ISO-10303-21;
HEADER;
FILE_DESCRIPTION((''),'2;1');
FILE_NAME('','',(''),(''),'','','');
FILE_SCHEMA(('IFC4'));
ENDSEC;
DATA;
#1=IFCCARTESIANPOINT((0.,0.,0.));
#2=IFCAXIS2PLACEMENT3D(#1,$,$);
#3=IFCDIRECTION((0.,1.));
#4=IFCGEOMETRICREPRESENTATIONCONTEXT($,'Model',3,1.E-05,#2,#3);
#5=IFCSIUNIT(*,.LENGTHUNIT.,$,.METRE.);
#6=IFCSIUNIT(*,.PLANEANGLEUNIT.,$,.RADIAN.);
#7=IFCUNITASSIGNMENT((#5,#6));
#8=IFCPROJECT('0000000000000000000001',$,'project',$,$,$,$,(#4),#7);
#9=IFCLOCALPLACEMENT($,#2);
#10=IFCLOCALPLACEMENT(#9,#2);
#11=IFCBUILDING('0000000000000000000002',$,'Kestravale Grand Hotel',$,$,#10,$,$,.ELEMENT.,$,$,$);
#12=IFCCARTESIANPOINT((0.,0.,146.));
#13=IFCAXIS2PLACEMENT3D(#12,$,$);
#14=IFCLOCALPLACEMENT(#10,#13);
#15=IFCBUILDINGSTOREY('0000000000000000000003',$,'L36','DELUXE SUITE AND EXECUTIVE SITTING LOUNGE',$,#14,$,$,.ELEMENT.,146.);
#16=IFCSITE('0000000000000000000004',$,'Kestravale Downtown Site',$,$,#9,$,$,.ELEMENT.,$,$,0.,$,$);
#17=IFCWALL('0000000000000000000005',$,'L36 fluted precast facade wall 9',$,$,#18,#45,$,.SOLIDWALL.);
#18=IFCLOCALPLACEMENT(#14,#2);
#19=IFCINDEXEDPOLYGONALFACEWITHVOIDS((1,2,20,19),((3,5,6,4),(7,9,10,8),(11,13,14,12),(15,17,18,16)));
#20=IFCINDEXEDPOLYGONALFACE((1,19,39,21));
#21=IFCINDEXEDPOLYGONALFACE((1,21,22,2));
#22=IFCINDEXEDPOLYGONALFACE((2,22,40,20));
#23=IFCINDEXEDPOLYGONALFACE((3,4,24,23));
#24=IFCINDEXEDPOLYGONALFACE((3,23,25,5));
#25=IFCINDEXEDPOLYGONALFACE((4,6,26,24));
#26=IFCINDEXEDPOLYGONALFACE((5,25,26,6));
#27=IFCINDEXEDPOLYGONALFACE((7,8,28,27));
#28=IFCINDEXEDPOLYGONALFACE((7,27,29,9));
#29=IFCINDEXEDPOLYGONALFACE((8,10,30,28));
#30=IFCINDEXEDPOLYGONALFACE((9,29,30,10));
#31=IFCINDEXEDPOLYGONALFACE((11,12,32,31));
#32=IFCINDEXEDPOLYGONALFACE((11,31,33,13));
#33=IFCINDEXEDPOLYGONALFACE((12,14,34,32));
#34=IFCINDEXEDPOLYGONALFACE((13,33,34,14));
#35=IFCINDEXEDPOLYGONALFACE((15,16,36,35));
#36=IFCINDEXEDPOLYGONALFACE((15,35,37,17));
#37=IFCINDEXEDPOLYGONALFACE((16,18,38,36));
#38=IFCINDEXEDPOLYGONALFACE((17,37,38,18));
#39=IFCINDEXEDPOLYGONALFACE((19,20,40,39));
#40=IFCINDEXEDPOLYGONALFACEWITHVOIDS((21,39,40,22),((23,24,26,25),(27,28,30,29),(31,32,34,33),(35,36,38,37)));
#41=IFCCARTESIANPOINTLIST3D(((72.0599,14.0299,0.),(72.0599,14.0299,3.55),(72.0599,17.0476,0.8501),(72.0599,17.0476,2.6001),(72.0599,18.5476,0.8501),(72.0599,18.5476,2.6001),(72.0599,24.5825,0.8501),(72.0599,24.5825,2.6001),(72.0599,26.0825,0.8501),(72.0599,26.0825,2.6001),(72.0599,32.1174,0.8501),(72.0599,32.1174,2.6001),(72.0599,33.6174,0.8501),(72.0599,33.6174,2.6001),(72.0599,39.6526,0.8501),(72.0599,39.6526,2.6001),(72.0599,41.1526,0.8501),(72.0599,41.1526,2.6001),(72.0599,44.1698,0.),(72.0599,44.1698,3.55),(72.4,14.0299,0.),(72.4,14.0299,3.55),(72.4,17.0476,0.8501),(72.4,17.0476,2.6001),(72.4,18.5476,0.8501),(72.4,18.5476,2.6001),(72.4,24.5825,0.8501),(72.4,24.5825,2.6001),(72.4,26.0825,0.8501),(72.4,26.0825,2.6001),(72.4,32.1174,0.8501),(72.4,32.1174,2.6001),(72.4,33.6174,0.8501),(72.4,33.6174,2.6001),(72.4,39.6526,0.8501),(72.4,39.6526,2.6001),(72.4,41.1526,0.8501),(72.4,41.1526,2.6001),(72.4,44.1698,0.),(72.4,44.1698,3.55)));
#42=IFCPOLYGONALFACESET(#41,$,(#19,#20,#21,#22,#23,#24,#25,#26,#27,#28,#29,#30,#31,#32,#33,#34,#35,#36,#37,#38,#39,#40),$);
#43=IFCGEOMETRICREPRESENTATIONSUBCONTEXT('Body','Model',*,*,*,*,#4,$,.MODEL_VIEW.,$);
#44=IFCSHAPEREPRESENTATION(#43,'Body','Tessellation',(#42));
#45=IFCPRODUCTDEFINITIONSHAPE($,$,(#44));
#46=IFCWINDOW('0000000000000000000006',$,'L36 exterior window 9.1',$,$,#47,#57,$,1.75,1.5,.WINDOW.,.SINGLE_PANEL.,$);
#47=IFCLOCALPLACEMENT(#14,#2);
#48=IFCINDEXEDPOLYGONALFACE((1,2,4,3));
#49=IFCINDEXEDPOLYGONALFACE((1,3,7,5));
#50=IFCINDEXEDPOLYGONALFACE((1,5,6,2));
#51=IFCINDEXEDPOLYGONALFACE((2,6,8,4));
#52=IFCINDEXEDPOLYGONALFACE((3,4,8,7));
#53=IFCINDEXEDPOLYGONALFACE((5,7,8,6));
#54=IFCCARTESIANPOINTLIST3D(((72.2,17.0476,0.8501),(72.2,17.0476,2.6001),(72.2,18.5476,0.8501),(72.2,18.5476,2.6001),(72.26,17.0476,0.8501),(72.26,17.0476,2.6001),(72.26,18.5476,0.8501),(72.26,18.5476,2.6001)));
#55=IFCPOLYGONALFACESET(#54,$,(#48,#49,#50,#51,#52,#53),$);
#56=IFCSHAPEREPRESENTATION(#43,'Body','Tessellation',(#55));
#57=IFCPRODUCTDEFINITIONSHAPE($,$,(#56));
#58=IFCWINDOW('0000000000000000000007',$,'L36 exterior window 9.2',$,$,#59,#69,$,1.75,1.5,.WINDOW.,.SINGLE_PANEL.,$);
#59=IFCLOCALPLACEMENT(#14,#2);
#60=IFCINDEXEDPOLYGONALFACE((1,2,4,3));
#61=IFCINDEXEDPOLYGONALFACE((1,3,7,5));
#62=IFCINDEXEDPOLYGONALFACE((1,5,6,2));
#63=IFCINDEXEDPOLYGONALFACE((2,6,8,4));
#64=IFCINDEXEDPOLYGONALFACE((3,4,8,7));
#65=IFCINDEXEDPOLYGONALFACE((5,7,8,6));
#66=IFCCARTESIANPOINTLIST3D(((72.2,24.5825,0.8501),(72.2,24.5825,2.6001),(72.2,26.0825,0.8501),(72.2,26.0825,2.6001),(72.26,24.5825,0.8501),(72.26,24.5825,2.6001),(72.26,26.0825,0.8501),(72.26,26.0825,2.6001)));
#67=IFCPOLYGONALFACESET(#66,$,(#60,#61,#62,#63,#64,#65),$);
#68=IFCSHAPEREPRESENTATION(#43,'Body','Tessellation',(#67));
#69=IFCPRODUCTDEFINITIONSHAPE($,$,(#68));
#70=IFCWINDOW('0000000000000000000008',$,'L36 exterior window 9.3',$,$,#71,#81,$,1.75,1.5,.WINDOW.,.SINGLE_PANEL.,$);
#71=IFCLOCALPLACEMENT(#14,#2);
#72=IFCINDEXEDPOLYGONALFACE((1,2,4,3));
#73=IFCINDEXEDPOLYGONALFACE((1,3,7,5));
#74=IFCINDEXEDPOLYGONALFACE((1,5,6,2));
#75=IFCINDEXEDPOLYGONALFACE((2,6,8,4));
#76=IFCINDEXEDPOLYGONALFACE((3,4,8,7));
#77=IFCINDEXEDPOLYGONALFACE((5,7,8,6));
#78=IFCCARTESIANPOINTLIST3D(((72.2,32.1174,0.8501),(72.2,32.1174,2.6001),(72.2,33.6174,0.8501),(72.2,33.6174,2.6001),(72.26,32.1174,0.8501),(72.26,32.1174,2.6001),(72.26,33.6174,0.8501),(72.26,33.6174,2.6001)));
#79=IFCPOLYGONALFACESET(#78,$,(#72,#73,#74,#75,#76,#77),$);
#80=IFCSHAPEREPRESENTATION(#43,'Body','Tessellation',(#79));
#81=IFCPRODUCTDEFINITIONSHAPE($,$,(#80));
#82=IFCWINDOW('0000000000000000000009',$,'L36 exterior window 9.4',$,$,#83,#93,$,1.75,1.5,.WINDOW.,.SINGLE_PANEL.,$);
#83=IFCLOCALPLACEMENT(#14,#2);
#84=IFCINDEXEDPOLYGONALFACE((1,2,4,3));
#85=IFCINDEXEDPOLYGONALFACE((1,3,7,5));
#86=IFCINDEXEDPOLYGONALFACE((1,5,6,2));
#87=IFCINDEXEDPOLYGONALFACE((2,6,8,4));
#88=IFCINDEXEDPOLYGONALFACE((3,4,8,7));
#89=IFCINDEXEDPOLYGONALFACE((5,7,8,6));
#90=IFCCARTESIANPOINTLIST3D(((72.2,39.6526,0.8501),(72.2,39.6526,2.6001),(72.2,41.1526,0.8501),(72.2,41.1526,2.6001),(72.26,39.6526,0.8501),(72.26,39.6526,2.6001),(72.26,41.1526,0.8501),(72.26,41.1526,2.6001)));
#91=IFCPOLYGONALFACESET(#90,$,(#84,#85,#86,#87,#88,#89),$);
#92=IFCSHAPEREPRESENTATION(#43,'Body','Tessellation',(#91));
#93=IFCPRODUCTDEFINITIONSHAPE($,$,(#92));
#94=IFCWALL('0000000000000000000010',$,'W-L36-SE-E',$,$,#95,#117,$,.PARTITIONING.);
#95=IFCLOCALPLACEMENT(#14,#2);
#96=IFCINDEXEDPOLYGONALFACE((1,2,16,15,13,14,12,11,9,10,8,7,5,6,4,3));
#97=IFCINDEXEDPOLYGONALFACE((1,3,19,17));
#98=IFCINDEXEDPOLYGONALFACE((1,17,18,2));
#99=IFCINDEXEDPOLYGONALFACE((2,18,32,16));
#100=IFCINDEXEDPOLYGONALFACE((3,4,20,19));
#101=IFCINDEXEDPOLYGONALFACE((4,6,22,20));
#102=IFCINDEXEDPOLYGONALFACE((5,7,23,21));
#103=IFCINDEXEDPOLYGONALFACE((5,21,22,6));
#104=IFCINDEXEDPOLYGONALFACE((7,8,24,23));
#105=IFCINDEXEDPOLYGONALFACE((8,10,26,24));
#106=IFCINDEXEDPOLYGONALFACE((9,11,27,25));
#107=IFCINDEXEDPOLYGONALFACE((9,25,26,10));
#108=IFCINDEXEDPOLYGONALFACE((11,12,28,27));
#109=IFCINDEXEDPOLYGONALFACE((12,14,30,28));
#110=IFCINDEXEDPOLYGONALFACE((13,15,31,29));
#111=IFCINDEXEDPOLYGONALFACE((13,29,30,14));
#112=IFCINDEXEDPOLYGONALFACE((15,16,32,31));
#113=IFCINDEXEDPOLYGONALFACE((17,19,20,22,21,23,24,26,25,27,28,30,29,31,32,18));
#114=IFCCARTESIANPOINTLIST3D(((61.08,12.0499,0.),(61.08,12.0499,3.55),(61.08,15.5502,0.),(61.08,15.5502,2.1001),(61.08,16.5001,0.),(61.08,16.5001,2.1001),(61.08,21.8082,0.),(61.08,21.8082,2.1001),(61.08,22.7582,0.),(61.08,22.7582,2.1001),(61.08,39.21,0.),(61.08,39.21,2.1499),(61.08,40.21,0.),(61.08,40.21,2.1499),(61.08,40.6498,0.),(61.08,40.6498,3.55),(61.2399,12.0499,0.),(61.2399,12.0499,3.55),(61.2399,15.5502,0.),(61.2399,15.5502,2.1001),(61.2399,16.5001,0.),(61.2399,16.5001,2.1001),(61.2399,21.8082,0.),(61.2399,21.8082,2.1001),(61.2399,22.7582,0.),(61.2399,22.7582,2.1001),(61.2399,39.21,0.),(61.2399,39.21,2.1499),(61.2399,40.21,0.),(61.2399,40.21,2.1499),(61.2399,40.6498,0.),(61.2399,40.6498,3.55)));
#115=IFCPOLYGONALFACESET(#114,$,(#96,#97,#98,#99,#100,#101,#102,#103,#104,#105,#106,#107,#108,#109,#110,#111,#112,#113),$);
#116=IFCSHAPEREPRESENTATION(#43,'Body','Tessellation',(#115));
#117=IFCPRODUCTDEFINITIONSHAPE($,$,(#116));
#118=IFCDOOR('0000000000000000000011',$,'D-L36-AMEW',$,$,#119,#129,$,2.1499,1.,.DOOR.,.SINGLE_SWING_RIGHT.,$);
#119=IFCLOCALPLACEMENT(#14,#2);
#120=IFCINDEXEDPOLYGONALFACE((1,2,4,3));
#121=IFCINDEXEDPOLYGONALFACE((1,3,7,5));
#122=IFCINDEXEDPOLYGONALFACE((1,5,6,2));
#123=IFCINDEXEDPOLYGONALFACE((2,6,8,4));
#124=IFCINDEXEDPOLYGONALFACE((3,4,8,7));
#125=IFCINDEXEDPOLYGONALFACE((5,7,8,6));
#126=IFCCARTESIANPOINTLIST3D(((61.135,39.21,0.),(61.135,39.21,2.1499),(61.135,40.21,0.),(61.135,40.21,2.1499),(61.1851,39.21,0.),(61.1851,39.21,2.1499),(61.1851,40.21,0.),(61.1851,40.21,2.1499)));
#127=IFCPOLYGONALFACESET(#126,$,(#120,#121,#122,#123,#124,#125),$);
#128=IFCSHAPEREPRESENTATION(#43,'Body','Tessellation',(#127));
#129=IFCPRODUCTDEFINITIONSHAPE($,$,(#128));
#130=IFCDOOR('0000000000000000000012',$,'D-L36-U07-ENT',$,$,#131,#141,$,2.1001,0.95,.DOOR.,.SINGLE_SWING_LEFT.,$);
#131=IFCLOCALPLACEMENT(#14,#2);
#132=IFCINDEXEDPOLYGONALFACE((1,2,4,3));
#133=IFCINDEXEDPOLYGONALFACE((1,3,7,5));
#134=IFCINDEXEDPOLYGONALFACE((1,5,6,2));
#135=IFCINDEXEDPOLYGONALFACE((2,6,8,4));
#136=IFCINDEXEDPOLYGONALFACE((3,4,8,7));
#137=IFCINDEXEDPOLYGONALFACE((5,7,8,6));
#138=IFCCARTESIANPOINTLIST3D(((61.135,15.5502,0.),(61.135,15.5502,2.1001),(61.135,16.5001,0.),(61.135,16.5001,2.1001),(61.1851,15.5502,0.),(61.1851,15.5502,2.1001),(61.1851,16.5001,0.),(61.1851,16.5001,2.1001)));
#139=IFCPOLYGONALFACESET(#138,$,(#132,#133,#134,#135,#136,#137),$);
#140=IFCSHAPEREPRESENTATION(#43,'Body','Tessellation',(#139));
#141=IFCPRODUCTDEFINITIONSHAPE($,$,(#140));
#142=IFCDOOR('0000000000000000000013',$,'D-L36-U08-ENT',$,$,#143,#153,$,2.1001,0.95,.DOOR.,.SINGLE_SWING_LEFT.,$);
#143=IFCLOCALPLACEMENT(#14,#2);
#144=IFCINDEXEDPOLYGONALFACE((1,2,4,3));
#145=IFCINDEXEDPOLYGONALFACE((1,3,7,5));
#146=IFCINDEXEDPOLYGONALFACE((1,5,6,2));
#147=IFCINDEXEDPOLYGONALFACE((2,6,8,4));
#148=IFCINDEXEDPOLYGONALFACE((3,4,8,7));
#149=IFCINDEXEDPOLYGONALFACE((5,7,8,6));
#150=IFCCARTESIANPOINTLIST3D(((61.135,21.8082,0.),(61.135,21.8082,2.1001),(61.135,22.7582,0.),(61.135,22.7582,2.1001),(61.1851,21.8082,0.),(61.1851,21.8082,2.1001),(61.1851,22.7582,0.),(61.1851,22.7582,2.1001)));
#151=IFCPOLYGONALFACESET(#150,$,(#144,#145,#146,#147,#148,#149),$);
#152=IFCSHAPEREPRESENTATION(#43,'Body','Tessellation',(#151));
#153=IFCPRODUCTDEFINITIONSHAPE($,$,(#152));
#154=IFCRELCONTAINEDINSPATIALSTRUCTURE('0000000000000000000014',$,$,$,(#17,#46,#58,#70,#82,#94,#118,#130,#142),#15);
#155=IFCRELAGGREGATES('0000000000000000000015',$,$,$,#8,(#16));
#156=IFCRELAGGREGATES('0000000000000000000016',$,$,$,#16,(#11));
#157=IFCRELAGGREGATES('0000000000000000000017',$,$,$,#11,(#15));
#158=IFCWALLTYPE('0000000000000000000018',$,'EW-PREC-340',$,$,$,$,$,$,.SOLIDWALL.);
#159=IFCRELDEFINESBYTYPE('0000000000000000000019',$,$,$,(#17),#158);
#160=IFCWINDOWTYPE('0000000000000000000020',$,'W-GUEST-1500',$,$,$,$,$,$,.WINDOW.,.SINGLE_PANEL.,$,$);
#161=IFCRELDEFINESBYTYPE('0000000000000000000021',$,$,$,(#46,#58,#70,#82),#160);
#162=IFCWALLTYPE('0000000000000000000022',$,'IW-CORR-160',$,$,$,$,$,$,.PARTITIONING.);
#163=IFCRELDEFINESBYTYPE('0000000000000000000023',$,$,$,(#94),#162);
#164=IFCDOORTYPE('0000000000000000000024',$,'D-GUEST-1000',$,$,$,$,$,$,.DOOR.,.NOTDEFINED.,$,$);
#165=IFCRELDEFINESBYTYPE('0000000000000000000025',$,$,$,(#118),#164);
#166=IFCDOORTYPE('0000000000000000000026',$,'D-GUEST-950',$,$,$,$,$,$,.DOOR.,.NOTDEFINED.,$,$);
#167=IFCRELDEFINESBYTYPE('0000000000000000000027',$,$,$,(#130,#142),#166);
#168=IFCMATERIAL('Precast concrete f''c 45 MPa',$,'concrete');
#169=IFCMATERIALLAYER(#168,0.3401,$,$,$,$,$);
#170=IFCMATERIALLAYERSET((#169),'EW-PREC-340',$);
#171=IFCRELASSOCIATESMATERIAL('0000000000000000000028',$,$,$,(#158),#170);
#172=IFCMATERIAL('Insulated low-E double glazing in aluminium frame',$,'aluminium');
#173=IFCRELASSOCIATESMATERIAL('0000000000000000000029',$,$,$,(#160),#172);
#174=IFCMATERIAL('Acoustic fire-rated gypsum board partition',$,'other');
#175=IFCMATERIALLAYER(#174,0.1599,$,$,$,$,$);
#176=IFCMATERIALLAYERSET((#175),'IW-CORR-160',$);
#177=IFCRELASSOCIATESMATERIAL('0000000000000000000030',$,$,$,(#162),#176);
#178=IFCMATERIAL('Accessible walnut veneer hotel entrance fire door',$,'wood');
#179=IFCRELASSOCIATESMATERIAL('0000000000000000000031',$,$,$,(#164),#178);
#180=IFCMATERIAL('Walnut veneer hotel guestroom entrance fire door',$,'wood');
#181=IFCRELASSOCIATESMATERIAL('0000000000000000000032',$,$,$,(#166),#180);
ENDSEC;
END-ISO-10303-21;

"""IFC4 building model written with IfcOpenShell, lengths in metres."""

from ifc_helpers import new_model, si_unit, direction, frame, frame_2d, origin, place, context, subcontext, project, spatial, rectangle, extrude, material, layer, layer_set, type_object, element, fill, save


model = new_model("IFC4")

# Units and contexts
model_context = context("Model", 3, precision=1e-05, world=origin(), true_north=direction((0.0, 1.0)))
body_context = subcontext(model_context, "Body", "Model", "MODEL_VIEW")
ifc_project = project(units=[si_unit("LENGTHUNIT", "METRE"), si_unit("PLANEANGLEUNIT", "RADIAN")], contexts=[model_context])

# Site, building, storey
site_placement = place(None, origin())
site = spatial("IfcSite", under=ifc_project, at=site_placement, Name="Kestravale Downtown Site", CompositionType="ELEMENT", RefElevation=0.0)
building_placement = place(site_placement, origin())
building = spatial("IfcBuilding", under=site, at=building_placement, Name="Kestravale Grand Hotel", CompositionType="ELEMENT")
storey_placement = place(building_placement, frame((0.0, 0.0, 146.0)))
storey = spatial("IfcBuildingStorey", under=building, at=storey_placement, Name="L36", Description="DELUXE SUITE AND EXECUTIVE SITTING LOUNGE", CompositionType="ELEMENT", Elevation=146.0)

# Shared definitions
ifc_material_1 = material(Name="Precast concrete f'c 45 MPa", Category="concrete")
ifc_layer_1 = layer(ifc_material_1, 0.3401)
ifc_layer_set_1 = layer_set([ifc_layer_1], Name="EW-PREC-340")
wall_type_1 = type_object("IfcWallType", Name="EW-PREC-340", PredefinedType="SOLIDWALL", material=ifc_layer_set_1)
ifc_material_2 = material(Name="Insulated low-E double glazing in aluminium frame", Category="aluminium")
window_type = type_object("IfcWindowType", Name="W-GUEST-1500", PartitioningType="SINGLE_PANEL", PredefinedType="WINDOW", material=ifc_material_2)

# Wall, openings, windows
wall_1_placement = place(storey_placement, frame((72.23, 14.03, 0.0), z_axis=(0.0, 0.0, 1.0), x_axis=(0.0, 1.0, 0.0)))
wall_1 = element("IfcWall", 1, at=wall_1_placement, inside=storey, type_object=wall_type_1, Name="L36 fluted precast facade wall 9", PredefinedType="SOLIDWALL", context=body_context, shape_type="SweptSolid", body=[
    extrude(rectangle(XDim=30.1399, YDim=0.3401, at=frame_2d((15.0698, 0.0))), origin(), (0.0, 0.0, 1.0), 3.55),
])
opening_1_placement = place(wall_1_placement, frame((3.0176, 0.0, 0.8501)))
opening_1 = element("IfcOpeningElement", 2, at=opening_1_placement, cuts=wall_1, PredefinedType="OPENING", context=body_context, shape_type="SweptSolid", body=[
    extrude(rectangle(XDim=1.5, YDim=1.75, at=frame_2d((0.75, 0.875))), frame((0.0, 0.1799, 0.0), z_axis=(0.0, -1.0, 0.0), x_axis=(1.0, 0.0, 0.0)), (0.0, 0.0, 1.0), 0.3601),
])
opening_2_placement = place(wall_1_placement, frame((10.5525, 0.0, 0.8501)))
opening_2 = element("IfcOpeningElement", 3, at=opening_2_placement, cuts=wall_1, PredefinedType="OPENING", context=body_context, shape_type="SweptSolid", body=[
    extrude(rectangle(XDim=1.5, YDim=1.75, at=frame_2d((0.75, 0.875))), frame((0.0, 0.1799, 0.0), z_axis=(0.0, -1.0, 0.0), x_axis=(1.0, 0.0, 0.0)), (0.0, 0.0, 1.0), 0.3601),
])
opening_3_placement = place(wall_1_placement, frame((18.0874, 0.0, 0.8501)))
opening_3 = element("IfcOpeningElement", 4, at=opening_3_placement, cuts=wall_1, PredefinedType="OPENING", context=body_context, shape_type="SweptSolid", body=[
    extrude(rectangle(XDim=1.5, YDim=1.75, at=frame_2d((0.75, 0.875))), frame((0.0, 0.1799, 0.0), z_axis=(0.0, -1.0, 0.0), x_axis=(1.0, 0.0, 0.0)), (0.0, 0.0, 1.0), 0.3601),
])
opening_4_placement = place(wall_1_placement, frame((25.6226, 0.0, 0.8501)))
opening_4 = element("IfcOpeningElement", 5, at=opening_4_placement, cuts=wall_1, PredefinedType="OPENING", context=body_context, shape_type="SweptSolid", body=[
    extrude(rectangle(XDim=1.5, YDim=1.75, at=frame_2d((0.75, 0.875))), frame((0.0, 0.1799, 0.0), z_axis=(0.0, -1.0, 0.0), x_axis=(1.0, 0.0, 0.0)), (0.0, 0.0, 1.0), 0.3601),
])
window_1_placement = place(opening_1_placement, origin())
window_1 = element("IfcWindow", 6, at=window_1_placement, inside=storey, type_object=window_type, Name="L36 exterior window 9.1", OverallHeight=1.75, OverallWidth=1.5, PartitioningType="SINGLE_PANEL", PredefinedType="WINDOW", context=body_context, shape_type="SweptSolid", body=[
    extrude(rectangle(XDim=1.5, YDim=1.75, at=frame_2d((0.75, 0.875))), frame((0.0, 0.03, 0.0), z_axis=(0.0, -1.0, 0.0), x_axis=(1.0, 0.0, 0.0)), (0.0, 0.0, 1.0), 0.0601),
])
fill(opening_1, window_1)
window_2_placement = place(opening_2_placement, origin())
window_2 = element("IfcWindow", 7, at=window_2_placement, inside=storey, type_object=window_type, Name="L36 exterior window 9.2", OverallHeight=1.75, OverallWidth=1.5, PartitioningType="SINGLE_PANEL", PredefinedType="WINDOW", context=body_context, shape_type="SweptSolid", body=[
    extrude(rectangle(XDim=1.5, YDim=1.75, at=frame_2d((0.75, 0.875))), frame((0.0, 0.03, 0.0), z_axis=(0.0, -1.0, 0.0), x_axis=(1.0, 0.0, 0.0)), (0.0, 0.0, 1.0), 0.0601),
])
fill(opening_2, window_2)
window_3_placement = place(opening_3_placement, origin())
window_3 = element("IfcWindow", 8, at=window_3_placement, inside=storey, type_object=window_type, Name="L36 exterior window 9.3", OverallHeight=1.75, OverallWidth=1.5, PartitioningType="SINGLE_PANEL", PredefinedType="WINDOW", context=body_context, shape_type="SweptSolid", body=[
    extrude(rectangle(XDim=1.5, YDim=1.75, at=frame_2d((0.75, 0.875))), frame((0.0, 0.03, 0.0), z_axis=(0.0, -1.0, 0.0), x_axis=(1.0, 0.0, 0.0)), (0.0, 0.0, 1.0), 0.0601),
])
fill(opening_3, window_3)
window_4_placement = place(opening_4_placement, origin())
window_4 = element("IfcWindow", 9, at=window_4_placement, inside=storey, type_object=window_type, Name="L36 exterior window 9.4", OverallHeight=1.75, OverallWidth=1.5, PartitioningType="SINGLE_PANEL", PredefinedType="WINDOW", context=body_context, shape_type="SweptSolid", body=[
    extrude(rectangle(XDim=1.5, YDim=1.75, at=frame_2d((0.75, 0.875))), frame((0.0, 0.03, 0.0), z_axis=(0.0, -1.0, 0.0), x_axis=(1.0, 0.0, 0.0)), (0.0, 0.0, 1.0), 0.0601),
])
fill(opening_4, window_4)

# Wall, openings, doors
ifc_material_3 = material(Name="Acoustic fire-rated gypsum board partition", Category="other")
ifc_layer_2 = layer(ifc_material_3, 0.1599)
ifc_layer_set_2 = layer_set([ifc_layer_2], Name="IW-CORR-160")
wall_type_2 = type_object("IfcWallType", Name="IW-CORR-160", PredefinedType="PARTITIONING", material=ifc_layer_set_2)
wall_2_placement = place(storey_placement, frame((61.1599, 12.05, 0.0), z_axis=(0.0, 0.0, 1.0), x_axis=(0.0, 1.0, 0.0)))
wall_2 = element("IfcWall", 10, at=wall_2_placement, inside=storey, type_object=wall_type_2, Name="W-L36-SE-E", PredefinedType="PARTITIONING", context=body_context, shape_type="SweptSolid", body=[
    extrude(rectangle(XDim=28.5999, YDim=0.1599, at=frame_2d((14.2998, 0.0))), origin(), (0.0, 0.0, 1.0), 3.55),
])
opening_5_placement = place(wall_2_placement, frame((3.5, 0.0, 0.0)))
opening_5 = element("IfcOpeningElement", 11, at=opening_5_placement, cuts=wall_2, PredefinedType="OPENING", context=body_context, shape_type="SweptSolid", body=[
    extrude(rectangle(XDim=0.95, YDim=2.1001, at=frame_2d((0.4751, 1.05))), frame((0.0, 0.0898, 0.0), z_axis=(0.0, -1.0, 0.0), x_axis=(1.0, 0.0, 0.0)), (0.0, 0.0, 1.0), 0.1799),
])
opening_6_placement = place(wall_2_placement, frame((9.7581, 0.0, 0.0)))
opening_6 = element("IfcOpeningElement", 12, at=opening_6_placement, cuts=wall_2, PredefinedType="OPENING", context=body_context, shape_type="SweptSolid", body=[
    extrude(rectangle(XDim=0.95, YDim=2.1001, at=frame_2d((0.4751, 1.05))), frame((0.0, 0.0898, 0.0), z_axis=(0.0, -1.0, 0.0), x_axis=(1.0, 0.0, 0.0)), (0.0, 0.0, 1.0), 0.1799),
])
opening_7_placement = place(wall_2_placement, frame((27.1599, 0.0, 0.0)))
opening_7 = element("IfcOpeningElement", 13, at=opening_7_placement, cuts=wall_2, PredefinedType="OPENING", context=body_context, shape_type="SweptSolid", body=[
    extrude(rectangle(XDim=1.0, YDim=2.1499, at=frame_2d((0.5, 1.075))), frame((0.0, 0.0898, 0.0), z_axis=(0.0, -1.0, 0.0), x_axis=(1.0, 0.0, 0.0)), (0.0, 0.0, 1.0), 0.1799),
])
ifc_material_4 = material(Name="Accessible walnut veneer hotel entrance fire door", Category="wood")
door_type_1 = type_object("IfcDoorType", Name="D-GUEST-1000", OperationType="NOTDEFINED", PredefinedType="DOOR", material=ifc_material_4)
door_1_placement = place(opening_7_placement, origin())
door_1 = element("IfcDoor", 14, at=door_1_placement, inside=storey, type_object=door_type_1, Name="D-L36-AMEW", OperationType="SINGLE_SWING_RIGHT", OverallHeight=2.1499, OverallWidth=1.0, PredefinedType="DOOR", context=body_context, shape_type="SweptSolid", body=[
    extrude(rectangle(XDim=1.0, YDim=2.1499, at=frame_2d((0.5, 1.075))), frame((0.0, 0.0249, 0.0), z_axis=(0.0, -1.0, 0.0), x_axis=(1.0, 0.0, 0.0)), (0.0, 0.0, 1.0), 0.05),
])
fill(opening_7, door_1)
ifc_material_5 = material(Name="Walnut veneer hotel guestroom entrance fire door", Category="wood")
door_type_2 = type_object("IfcDoorType", Name="D-GUEST-950", OperationType="NOTDEFINED", PredefinedType="DOOR", material=ifc_material_5)
door_2_placement = place(opening_5_placement, origin())
door_2 = element("IfcDoor", 15, at=door_2_placement, inside=storey, type_object=door_type_2, Name="D-L36-U07-ENT", OperationType="SINGLE_SWING_LEFT", OverallHeight=2.1001, OverallWidth=0.95, PredefinedType="DOOR", context=body_context, shape_type="SweptSolid", body=[
    extrude(rectangle(XDim=0.95, YDim=2.1001, at=frame_2d((0.4751, 1.05))), frame((0.0, 0.0249, 0.0), z_axis=(0.0, -1.0, 0.0), x_axis=(1.0, 0.0, 0.0)), (0.0, 0.0, 1.0), 0.05),
])
fill(opening_5, door_2)
door_3_placement = place(opening_6_placement, origin())
door_3 = element("IfcDoor", 16, at=door_3_placement, inside=storey, type_object=door_type_2, Name="D-L36-U08-ENT", OperationType="SINGLE_SWING_LEFT", OverallHeight=2.1001, OverallWidth=0.95, PredefinedType="DOOR", context=body_context, shape_type="SweptSolid", body=[
    extrude(rectangle(XDim=0.95, YDim=2.1001, at=frame_2d((0.4751, 1.05))), frame((0.0, 0.0249, 0.0), z_axis=(0.0, -1.0, 0.0), x_axis=(1.0, 0.0, 0.0)), (0.0, 0.0, 1.0), 0.05),
])
fill(opening_6, door_3)

save(model, "model.ifc")
